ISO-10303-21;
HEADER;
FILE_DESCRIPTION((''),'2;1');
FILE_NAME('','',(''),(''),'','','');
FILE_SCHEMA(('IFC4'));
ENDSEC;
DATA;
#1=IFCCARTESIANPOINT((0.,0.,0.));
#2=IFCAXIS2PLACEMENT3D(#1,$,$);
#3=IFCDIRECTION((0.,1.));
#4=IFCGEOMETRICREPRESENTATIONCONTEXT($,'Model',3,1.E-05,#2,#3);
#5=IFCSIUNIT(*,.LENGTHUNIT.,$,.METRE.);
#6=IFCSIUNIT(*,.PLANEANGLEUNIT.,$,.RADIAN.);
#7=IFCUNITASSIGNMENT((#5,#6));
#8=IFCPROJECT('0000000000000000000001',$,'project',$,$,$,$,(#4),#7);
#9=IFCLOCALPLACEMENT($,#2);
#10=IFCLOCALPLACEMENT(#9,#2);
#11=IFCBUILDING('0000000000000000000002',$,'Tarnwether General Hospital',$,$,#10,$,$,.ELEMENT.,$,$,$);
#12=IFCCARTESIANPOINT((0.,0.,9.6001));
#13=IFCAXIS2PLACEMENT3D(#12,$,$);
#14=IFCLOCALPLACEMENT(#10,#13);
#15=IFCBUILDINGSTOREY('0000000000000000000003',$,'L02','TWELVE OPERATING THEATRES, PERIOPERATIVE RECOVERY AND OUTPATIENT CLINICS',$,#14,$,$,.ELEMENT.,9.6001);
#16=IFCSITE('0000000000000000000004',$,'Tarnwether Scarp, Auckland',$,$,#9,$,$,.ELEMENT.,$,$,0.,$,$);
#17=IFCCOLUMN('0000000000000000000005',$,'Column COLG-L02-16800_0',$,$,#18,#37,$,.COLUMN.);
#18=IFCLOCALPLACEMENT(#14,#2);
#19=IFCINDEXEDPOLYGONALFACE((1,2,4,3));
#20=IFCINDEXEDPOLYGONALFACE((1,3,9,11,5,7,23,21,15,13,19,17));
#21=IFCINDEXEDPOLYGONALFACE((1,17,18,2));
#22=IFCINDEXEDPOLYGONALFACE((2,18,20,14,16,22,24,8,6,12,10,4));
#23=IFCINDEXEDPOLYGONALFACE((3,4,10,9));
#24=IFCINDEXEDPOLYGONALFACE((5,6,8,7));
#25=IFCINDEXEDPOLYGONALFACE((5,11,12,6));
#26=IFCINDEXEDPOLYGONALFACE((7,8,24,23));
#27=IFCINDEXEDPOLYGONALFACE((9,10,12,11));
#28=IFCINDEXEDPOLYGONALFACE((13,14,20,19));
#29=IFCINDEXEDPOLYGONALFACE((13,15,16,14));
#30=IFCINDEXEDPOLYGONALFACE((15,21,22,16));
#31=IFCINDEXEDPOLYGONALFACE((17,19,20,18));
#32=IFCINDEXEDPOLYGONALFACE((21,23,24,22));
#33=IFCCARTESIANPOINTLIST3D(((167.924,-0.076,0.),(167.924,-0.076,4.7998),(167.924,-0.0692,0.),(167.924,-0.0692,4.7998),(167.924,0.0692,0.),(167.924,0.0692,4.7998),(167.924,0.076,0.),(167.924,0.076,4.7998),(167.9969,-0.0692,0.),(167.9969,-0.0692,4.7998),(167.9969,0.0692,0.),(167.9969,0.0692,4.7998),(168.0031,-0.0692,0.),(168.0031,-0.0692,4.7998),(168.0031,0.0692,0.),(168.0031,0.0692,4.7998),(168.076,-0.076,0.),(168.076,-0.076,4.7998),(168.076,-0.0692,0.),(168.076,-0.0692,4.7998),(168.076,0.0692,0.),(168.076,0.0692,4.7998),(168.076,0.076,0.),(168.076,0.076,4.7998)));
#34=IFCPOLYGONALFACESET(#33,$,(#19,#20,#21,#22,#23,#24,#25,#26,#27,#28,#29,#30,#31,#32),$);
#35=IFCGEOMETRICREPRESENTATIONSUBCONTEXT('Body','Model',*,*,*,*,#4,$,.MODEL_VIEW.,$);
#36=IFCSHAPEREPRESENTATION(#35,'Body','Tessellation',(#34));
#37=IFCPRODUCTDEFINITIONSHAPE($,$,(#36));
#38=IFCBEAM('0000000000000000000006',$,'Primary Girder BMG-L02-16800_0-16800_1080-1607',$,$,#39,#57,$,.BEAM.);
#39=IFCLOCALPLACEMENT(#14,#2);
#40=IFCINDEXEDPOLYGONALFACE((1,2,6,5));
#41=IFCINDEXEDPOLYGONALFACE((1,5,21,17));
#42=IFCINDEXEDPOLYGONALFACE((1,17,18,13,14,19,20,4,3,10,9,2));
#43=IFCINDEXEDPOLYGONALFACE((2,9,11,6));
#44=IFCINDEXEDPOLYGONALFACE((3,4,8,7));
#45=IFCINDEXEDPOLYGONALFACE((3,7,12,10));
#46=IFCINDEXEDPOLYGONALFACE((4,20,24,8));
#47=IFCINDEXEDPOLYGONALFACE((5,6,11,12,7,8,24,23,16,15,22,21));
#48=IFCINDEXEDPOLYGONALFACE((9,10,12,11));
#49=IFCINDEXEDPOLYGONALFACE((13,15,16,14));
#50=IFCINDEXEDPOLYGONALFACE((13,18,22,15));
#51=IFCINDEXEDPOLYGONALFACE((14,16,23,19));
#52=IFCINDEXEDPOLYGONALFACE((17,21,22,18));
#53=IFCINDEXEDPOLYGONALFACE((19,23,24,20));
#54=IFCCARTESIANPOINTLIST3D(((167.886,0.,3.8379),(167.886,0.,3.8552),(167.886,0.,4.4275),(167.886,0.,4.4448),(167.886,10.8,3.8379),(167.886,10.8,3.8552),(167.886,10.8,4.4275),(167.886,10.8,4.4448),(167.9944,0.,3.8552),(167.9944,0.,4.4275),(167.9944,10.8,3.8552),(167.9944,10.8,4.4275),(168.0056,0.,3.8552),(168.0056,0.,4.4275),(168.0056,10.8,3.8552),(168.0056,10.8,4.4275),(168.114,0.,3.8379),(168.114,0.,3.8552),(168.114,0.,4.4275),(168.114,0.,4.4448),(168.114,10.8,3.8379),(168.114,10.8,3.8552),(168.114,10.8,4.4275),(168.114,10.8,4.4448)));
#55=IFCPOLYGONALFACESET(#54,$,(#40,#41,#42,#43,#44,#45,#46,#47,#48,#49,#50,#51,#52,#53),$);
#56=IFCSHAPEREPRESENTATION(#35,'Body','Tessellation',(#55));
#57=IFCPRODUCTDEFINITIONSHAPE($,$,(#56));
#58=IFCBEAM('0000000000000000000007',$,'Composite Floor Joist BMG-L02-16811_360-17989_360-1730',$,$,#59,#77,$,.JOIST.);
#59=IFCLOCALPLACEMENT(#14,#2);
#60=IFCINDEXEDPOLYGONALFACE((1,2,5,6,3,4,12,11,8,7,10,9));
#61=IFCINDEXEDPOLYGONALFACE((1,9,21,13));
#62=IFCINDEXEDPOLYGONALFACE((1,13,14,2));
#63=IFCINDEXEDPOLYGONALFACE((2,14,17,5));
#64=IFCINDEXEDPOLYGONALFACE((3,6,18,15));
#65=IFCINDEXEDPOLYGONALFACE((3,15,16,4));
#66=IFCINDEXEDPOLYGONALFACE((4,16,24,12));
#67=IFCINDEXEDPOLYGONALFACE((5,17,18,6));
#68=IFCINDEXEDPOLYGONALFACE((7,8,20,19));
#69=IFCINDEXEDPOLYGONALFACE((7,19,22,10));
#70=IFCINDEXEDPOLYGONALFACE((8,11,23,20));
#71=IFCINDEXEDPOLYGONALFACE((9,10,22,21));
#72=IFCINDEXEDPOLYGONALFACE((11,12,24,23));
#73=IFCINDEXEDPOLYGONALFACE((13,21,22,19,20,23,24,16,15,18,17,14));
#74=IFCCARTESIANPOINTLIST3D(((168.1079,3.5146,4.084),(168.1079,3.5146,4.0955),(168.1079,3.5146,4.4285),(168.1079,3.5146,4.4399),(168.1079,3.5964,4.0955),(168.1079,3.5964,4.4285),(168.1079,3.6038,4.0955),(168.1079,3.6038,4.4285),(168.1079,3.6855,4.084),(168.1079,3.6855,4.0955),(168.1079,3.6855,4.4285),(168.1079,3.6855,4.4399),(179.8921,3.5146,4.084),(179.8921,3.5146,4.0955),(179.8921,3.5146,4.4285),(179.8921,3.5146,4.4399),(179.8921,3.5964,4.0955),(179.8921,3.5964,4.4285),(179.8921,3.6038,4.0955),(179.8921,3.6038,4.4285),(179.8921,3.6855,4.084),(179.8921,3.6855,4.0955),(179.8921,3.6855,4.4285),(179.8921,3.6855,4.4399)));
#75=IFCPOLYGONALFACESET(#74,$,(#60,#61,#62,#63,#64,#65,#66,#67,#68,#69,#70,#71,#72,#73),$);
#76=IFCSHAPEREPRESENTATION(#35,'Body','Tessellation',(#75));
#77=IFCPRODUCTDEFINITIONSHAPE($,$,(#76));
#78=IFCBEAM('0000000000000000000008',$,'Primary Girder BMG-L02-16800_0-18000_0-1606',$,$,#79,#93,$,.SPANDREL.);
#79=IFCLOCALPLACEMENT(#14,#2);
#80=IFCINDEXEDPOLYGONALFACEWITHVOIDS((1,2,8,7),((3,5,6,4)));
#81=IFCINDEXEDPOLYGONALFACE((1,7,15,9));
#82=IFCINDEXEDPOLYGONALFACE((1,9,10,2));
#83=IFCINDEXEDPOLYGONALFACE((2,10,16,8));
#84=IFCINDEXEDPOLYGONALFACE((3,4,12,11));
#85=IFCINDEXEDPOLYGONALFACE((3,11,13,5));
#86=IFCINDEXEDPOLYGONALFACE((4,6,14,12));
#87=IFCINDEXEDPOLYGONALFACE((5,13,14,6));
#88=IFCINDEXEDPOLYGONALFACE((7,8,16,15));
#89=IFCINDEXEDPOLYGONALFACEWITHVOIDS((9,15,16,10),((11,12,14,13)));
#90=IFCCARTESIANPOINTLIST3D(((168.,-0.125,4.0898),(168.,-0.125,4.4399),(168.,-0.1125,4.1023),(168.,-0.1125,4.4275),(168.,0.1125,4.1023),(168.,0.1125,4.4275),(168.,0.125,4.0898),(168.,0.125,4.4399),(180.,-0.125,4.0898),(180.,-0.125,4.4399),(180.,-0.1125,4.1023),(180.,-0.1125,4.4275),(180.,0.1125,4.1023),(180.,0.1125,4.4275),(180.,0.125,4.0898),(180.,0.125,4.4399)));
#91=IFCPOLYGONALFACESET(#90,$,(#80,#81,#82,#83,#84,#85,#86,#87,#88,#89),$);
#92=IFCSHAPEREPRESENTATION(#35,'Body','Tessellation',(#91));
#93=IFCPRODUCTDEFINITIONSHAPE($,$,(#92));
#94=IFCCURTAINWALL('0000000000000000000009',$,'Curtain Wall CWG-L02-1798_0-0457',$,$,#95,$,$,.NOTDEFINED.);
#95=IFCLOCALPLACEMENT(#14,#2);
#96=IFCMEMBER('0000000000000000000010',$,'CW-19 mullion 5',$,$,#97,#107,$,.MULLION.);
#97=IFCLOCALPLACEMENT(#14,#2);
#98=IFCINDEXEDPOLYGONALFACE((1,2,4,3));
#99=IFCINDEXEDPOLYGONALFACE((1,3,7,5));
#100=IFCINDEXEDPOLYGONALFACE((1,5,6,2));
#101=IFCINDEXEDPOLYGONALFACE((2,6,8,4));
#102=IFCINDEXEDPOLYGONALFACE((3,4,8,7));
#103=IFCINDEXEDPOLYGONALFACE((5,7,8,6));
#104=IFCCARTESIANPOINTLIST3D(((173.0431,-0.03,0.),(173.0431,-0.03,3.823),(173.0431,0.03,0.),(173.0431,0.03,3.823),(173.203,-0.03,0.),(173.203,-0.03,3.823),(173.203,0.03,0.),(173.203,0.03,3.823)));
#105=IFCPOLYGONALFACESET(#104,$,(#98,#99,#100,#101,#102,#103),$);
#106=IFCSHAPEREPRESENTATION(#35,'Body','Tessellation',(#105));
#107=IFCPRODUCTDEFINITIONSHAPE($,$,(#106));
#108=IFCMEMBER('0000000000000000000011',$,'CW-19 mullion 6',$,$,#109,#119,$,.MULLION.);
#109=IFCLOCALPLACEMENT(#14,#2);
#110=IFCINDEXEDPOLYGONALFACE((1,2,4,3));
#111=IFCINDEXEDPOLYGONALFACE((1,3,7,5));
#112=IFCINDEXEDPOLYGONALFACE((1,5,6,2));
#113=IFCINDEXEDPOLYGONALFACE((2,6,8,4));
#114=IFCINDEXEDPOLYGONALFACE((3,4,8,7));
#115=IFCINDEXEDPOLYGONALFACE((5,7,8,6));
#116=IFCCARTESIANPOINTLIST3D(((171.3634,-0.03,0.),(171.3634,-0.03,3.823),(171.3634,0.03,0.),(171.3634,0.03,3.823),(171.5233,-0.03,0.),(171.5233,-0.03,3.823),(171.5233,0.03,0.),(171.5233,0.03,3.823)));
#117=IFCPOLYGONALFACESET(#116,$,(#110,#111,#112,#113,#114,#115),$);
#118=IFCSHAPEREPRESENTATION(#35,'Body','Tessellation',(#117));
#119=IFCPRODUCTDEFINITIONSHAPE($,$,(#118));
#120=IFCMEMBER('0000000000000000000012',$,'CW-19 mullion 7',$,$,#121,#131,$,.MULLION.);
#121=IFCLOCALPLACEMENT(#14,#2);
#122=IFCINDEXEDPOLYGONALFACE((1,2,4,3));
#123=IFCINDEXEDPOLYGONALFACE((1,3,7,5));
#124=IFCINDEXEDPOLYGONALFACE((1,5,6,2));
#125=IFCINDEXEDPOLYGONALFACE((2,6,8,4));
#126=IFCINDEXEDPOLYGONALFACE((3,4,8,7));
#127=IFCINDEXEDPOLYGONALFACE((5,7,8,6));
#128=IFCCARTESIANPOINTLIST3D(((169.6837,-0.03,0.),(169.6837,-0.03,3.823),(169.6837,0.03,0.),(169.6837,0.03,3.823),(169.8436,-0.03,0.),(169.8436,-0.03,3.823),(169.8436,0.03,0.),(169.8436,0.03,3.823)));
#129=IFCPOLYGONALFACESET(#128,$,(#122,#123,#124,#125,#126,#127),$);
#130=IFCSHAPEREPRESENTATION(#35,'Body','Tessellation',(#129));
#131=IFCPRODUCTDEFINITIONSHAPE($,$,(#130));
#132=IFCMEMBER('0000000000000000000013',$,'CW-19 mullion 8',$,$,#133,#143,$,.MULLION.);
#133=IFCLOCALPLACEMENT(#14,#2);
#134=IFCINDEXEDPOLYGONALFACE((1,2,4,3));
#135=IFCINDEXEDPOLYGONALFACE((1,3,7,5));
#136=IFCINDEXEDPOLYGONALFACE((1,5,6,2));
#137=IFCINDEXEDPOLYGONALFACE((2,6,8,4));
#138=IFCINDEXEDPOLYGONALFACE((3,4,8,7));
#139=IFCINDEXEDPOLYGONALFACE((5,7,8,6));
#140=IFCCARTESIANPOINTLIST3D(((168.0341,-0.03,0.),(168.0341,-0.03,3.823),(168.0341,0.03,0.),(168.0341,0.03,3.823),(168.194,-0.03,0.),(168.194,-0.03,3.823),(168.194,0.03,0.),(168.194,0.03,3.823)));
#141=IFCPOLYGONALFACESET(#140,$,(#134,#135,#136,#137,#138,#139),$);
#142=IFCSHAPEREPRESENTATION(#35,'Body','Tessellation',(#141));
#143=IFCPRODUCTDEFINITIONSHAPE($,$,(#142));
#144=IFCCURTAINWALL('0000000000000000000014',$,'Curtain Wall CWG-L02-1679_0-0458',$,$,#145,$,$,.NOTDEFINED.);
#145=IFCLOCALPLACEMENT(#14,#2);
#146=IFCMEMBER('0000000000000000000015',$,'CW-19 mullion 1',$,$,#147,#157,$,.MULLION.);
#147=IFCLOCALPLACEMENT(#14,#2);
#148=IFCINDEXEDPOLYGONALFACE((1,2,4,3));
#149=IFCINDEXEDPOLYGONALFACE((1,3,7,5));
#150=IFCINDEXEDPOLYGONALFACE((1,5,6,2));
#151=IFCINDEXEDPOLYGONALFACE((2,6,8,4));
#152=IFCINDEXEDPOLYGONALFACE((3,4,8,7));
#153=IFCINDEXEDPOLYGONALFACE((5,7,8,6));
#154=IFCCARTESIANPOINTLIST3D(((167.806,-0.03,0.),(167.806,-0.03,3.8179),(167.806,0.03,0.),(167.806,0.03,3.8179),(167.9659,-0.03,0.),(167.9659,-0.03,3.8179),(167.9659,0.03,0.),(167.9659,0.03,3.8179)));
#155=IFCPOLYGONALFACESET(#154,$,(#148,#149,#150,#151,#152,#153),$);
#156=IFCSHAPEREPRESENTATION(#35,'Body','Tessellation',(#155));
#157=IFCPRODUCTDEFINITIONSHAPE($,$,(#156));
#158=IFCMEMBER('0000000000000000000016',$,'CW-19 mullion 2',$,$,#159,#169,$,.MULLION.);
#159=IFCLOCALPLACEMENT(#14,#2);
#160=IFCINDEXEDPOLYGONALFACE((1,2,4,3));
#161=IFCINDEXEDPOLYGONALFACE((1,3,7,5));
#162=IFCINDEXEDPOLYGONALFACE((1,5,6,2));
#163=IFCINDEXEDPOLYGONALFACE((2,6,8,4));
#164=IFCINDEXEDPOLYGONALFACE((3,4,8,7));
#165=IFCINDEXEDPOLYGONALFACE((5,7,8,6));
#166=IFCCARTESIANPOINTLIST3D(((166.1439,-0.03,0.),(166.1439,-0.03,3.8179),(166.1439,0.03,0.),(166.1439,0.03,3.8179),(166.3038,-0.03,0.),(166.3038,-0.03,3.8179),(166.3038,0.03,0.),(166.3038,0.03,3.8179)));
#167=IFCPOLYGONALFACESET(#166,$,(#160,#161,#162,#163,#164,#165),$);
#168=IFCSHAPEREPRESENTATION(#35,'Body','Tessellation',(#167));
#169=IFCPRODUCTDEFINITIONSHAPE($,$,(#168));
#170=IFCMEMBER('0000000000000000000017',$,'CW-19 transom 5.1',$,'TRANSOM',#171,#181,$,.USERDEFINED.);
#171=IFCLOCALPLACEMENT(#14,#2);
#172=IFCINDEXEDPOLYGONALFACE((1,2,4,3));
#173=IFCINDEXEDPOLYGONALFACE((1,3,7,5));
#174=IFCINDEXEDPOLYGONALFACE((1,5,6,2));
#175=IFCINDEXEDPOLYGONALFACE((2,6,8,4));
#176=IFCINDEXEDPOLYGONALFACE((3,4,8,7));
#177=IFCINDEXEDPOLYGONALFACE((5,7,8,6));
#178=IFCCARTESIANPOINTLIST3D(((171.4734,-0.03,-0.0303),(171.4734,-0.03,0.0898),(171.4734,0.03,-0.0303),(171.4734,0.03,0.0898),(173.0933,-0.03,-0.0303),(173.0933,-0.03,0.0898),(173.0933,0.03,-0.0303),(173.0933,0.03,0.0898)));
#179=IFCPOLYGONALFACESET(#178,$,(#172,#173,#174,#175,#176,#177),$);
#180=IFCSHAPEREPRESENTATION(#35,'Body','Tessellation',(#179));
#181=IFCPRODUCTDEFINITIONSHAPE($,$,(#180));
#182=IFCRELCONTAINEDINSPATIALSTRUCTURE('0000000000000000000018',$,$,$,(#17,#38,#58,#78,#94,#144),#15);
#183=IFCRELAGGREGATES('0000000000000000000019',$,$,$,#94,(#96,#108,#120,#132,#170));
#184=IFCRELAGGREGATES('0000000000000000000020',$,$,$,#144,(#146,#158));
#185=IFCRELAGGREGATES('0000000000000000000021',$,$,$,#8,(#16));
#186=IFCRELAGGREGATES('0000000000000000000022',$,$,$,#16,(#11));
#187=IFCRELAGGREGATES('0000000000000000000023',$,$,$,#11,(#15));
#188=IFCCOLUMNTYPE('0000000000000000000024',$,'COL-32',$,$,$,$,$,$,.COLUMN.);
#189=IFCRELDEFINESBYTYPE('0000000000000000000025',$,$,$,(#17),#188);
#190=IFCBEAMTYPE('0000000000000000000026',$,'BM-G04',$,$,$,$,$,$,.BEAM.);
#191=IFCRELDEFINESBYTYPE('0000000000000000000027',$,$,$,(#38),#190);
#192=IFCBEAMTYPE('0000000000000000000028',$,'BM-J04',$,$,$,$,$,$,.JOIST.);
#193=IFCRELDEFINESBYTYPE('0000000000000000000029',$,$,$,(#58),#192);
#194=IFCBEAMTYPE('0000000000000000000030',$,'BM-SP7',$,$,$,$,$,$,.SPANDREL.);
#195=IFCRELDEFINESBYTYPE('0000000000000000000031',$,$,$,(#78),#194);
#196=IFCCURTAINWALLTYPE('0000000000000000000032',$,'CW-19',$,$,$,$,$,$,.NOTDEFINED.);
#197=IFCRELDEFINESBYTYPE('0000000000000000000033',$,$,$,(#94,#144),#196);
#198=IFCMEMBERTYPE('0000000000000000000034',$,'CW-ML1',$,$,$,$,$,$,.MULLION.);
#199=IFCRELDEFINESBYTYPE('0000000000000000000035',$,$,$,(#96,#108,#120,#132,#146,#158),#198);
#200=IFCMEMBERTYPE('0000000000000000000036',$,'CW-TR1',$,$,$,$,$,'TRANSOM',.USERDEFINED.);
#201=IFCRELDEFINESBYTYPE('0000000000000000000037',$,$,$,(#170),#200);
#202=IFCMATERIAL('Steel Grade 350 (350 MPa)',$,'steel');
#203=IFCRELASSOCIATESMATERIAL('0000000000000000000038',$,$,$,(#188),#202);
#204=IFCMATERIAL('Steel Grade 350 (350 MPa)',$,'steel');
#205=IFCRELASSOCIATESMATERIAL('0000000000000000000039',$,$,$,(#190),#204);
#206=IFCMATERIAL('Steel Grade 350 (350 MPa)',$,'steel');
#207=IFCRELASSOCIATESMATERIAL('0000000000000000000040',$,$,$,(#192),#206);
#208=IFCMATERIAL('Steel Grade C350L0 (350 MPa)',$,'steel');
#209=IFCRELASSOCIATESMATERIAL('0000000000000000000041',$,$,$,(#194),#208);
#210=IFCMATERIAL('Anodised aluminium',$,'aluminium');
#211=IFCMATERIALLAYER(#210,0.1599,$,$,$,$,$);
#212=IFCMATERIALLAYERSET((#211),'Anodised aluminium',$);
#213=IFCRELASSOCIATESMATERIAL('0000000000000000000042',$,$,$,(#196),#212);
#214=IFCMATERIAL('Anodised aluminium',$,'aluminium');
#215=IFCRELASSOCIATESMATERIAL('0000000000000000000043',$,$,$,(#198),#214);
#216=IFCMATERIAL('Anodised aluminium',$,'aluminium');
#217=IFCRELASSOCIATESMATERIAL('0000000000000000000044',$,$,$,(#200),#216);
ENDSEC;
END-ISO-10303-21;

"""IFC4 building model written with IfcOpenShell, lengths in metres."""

from ifc_helpers import new_model, si_unit, direction, frame, origin, origin_2d, place, context, subcontext, project, spatial, rectangle, hollow_rectangle, i_section, extrude, material, layer, layer_set, material_profile, profile_set, type_object, element, aggregate, save


model = new_model("IFC4")

# Units and contexts
model_context = context("Model", 3, precision=1e-05, world=origin(), true_north=direction((0.0, 1.0)))
body_context = subcontext(model_context, "Body", "Model", "MODEL_VIEW")
ifc_project = project(units=[si_unit("LENGTHUNIT", "METRE"), si_unit("PLANEANGLEUNIT", "RADIAN")], contexts=[model_context])

# Site, building, storey
site_placement = place(None, origin())
site = spatial("IfcSite", under=ifc_project, at=site_placement, Name="Tarnwether Scarp, Auckland", CompositionType="ELEMENT", RefElevation=0.0)
building_placement = place(site_placement, origin())
building = spatial("IfcBuilding", under=site, at=building_placement, Name="Tarnwether General Hospital", CompositionType="ELEMENT")
storey_placement = place(building_placement, frame((0.0, 0.0, 9.6001)))
storey = spatial("IfcBuildingStorey", under=building, at=storey_placement, Name="L02", Description="TWELVE OPERATING THEATRES, PERIOPERATIVE RECOVERY AND OUTPATIENT CLINICS", CompositionType="ELEMENT", Elevation=9.6001)

# Column
ifc_material_1 = material(Name="Steel Grade 350 (350 MPa)", Category="steel")
ifc_material_profile_1 = material_profile(ifc_material_1, i_section(OverallWidth=0.1521, OverallDepth=0.1521, WebThickness=0.0061, FlangeThickness=0.0068, at=origin_2d()), Name="150UC23.4")
ifc_profile_set_1 = profile_set([ifc_material_profile_1], Name="Steel Grade 350 (350 MPa)")
column_type = type_object("IfcColumnType", Name="COL-32", PredefinedType="COLUMN", material=ifc_profile_set_1)
column_placement = place(storey_placement, frame((168.0, 0.0, 0.0), z_axis=(0.0, 0.0, 1.0), x_axis=(1.0, 0.0, 0.0)))
element("IfcColumn", 1, at=column_placement, inside=storey, type_object=column_type, Name="Column COLG-L02-16800_0", PredefinedType="COLUMN", context=body_context, shape_type="SweptSolid", body=[
    extrude(i_section(OverallWidth=0.1521, OverallDepth=0.1521, WebThickness=0.0061, FlangeThickness=0.0068, at=origin_2d()), origin(), (0.0, 0.0, 1.0), 4.7998),
])

# Beams
ifc_material_2 = material(Name="Steel Grade 350 (350 MPa)", Category="steel")
ifc_material_profile_2 = material_profile(ifc_material_2, i_section(OverallWidth=0.228, OverallDepth=0.6069, WebThickness=0.0112, FlangeThickness=0.0173, at=origin_2d()), Name="610UB113")
ifc_profile_set_2 = profile_set([ifc_material_profile_2], Name="Steel Grade 350 (350 MPa)")
beam_type_1 = type_object("IfcBeamType", Name="BM-G04", PredefinedType="BEAM", material=ifc_profile_set_2)
beam_1_placement = place(storey_placement, frame((168.0, 0.0, 4.1414), z_axis=(0.0, 1.0, 0.0), x_axis=(-1.0, 0.0, 0.0)))
element("IfcBeam", 2, at=beam_1_placement, inside=storey, type_object=beam_type_1, Name="Primary Girder BMG-L02-16800_0-16800_1080-1607", PredefinedType="BEAM", context=body_context, shape_type="SweptSolid", body=[
    extrude(i_section(OverallWidth=0.228, OverallDepth=0.6069, WebThickness=0.0112, FlangeThickness=0.0173, at=origin_2d()), origin(), (0.0, 0.0, 1.0), 10.8),
])
ifc_material_3 = material(Name="Steel Grade 350 (350 MPa)", Category="steel")
ifc_material_profile_3 = material_profile(ifc_material_3, i_section(OverallWidth=0.1709, OverallDepth=0.356, WebThickness=0.0073, FlangeThickness=0.0115, at=origin_2d()), Name="360UB50.7")
ifc_profile_set_3 = profile_set([ifc_material_profile_3], Name="Steel Grade 350 (350 MPa)")
beam_type_2 = type_object("IfcBeamType", Name="BM-J04", PredefinedType="JOIST", material=ifc_profile_set_3)
beam_2_placement = place(storey_placement, frame((168.1079, 3.6001, 4.262), z_axis=(1.0, 0.0, 0.0), x_axis=(0.0, 1.0, 0.0)))
element("IfcBeam", 3, at=beam_2_placement, inside=storey, type_object=beam_type_2, Name="Composite Floor Joist BMG-L02-16811_360-17989_360-1730", PredefinedType="JOIST", context=body_context, shape_type="SweptSolid", body=[
    extrude(i_section(OverallWidth=0.1709, OverallDepth=0.356, WebThickness=0.0073, FlangeThickness=0.0115, at=origin_2d()), origin(), (0.0, 0.0, 1.0), 11.7842),
])
ifc_material_4 = material(Name="Steel Grade C350L0 (350 MPa)", Category="steel")
ifc_material_profile_4 = material_profile(ifc_material_4, hollow_rectangle(XDim=0.25, YDim=0.3501, WallThickness=0.0125, at=origin_2d()), Name="RHS350x250x12.5")
ifc_profile_set_4 = profile_set([ifc_material_profile_4], Name="Steel Grade C350L0 (350 MPa)")
beam_type_3 = type_object("IfcBeamType", Name="BM-SP7", PredefinedType="SPANDREL", material=ifc_profile_set_4)
beam_3_placement = place(storey_placement, frame((168.0, 0.0, 4.2649), z_axis=(1.0, 0.0, 0.0), x_axis=(0.0, 1.0, 0.0)))
element("IfcBeam", 4, at=beam_3_placement, inside=storey, type_object=beam_type_3, Name="Primary Girder BMG-L02-16800_0-18000_0-1606", PredefinedType="SPANDREL", context=body_context, shape_type="SweptSolid", body=[
    extrude(hollow_rectangle(XDim=0.25, YDim=0.3501, WallThickness=0.0125, at=origin_2d()), origin(), (0.0, 0.0, 1.0), 12.0),
])

# Curtain walls, members
ifc_material_5 = material(Name="Anodised aluminium", Category="aluminium")
ifc_layer_1 = layer(ifc_material_5, 0.1599)
ifc_layer_set_1 = layer_set([ifc_layer_1], Name="Anodised aluminium")
curtain_wall_type = type_object("IfcCurtainWallType", Name="CW-19", PredefinedType="NOTDEFINED", material=ifc_layer_set_1)
curtain_wall_1_placement = place(storey_placement, origin())
curtain_wall_1 = element("IfcCurtainWall", 5, at=curtain_wall_1_placement, inside=storey, type_object=curtain_wall_type, Name="Curtain Wall CWG-L02-1798_0-0457", PredefinedType="NOTDEFINED")
ifc_material_6 = material(Name="Anodised aluminium", Category="aluminium")
ifc_material_profile_5 = material_profile(ifc_material_6, rectangle(XDim=0.0601, YDim=0.1599, at=origin_2d()), Name="ALU-MUL-60x160")
ifc_profile_set_5 = profile_set([ifc_material_profile_5], Name="Anodised aluminium")
member_type_1 = type_object("IfcMemberType", Name="CW-ML1", PredefinedType="MULLION", material=ifc_profile_set_5)
member_1_placement = place(storey_placement, frame((173.123, 0.0, 0.0), z_axis=(0.0, 0.0, 1.0), x_axis=(0.0, -1.0, 0.0)))
member_1 = element("IfcMember", 6, at=member_1_placement, type_object=member_type_1, Name="CW-19 mullion 5", PredefinedType="MULLION", context=body_context, shape_type="SweptSolid", body=[
    extrude(rectangle(XDim=0.0601, YDim=0.1599, at=origin_2d()), origin(), (0.0, 0.0, 1.0), 3.823),
])
member_2_placement = place(storey_placement, frame((171.4434, 0.0, 0.0), z_axis=(0.0, 0.0, 1.0), x_axis=(0.0, -1.0, 0.0)))
member_2 = element("IfcMember", 7, at=member_2_placement, type_object=member_type_1, Name="CW-19 mullion 6", PredefinedType="MULLION", context=body_context, shape_type="SweptSolid", body=[
    extrude(rectangle(XDim=0.0601, YDim=0.1599, at=origin_2d()), origin(), (0.0, 0.0, 1.0), 3.823),
])
member_3_placement = place(storey_placement, frame((169.7637, 0.0, 0.0), z_axis=(0.0, 0.0, 1.0), x_axis=(0.0, -1.0, 0.0)))
member_3 = element("IfcMember", 8, at=member_3_placement, type_object=member_type_1, Name="CW-19 mullion 7", PredefinedType="MULLION", context=body_context, shape_type="SweptSolid", body=[
    extrude(rectangle(XDim=0.0601, YDim=0.1599, at=origin_2d()), origin(), (0.0, 0.0, 1.0), 3.823),
])
member_4_placement = place(storey_placement, frame((168.114, 0.0, 0.0), z_axis=(0.0, 0.0, 1.0), x_axis=(0.0, -1.0, 0.0)))
member_4 = element("IfcMember", 9, at=member_4_placement, type_object=member_type_1, Name="CW-19 mullion 8", PredefinedType="MULLION", context=body_context, shape_type="SweptSolid", body=[
    extrude(rectangle(XDim=0.0601, YDim=0.1599, at=origin_2d()), origin(), (0.0, 0.0, 1.0), 3.823),
])
curtain_wall_2_placement = place(storey_placement, origin())
curtain_wall_2 = element("IfcCurtainWall", 10, at=curtain_wall_2_placement, inside=storey, type_object=curtain_wall_type, Name="Curtain Wall CWG-L02-1679_0-0458", PredefinedType="NOTDEFINED")
member_5_placement = place(storey_placement, frame((167.886, 0.0, 0.0), z_axis=(0.0, 0.0, 1.0), x_axis=(0.0, -1.0, 0.0)))
member_5 = element("IfcMember", 11, at=member_5_placement, type_object=member_type_1, Name="CW-19 mullion 1", PredefinedType="MULLION", context=body_context, shape_type="SweptSolid", body=[
    extrude(rectangle(XDim=0.0601, YDim=0.1599, at=origin_2d()), origin(), (0.0, 0.0, 1.0), 3.8179),
])
member_6_placement = place(storey_placement, frame((166.2239, 0.0, 0.0), z_axis=(0.0, 0.0, 1.0), x_axis=(0.0, -1.0, 0.0)))
member_6 = element("IfcMember", 12, at=member_6_placement, type_object=member_type_1, Name="CW-19 mullion 2", PredefinedType="MULLION", context=body_context, shape_type="SweptSolid", body=[
    extrude(rectangle(XDim=0.0601, YDim=0.1599, at=origin_2d()), origin(), (0.0, 0.0, 1.0), 3.8179),
])

# Member
ifc_material_7 = material(Name="Anodised aluminium", Category="aluminium")
ifc_material_profile_6 = material_profile(ifc_material_7, rectangle(XDim=0.0601, YDim=0.1201, at=origin_2d()), Name="ALU-TRN-60x120")
ifc_profile_set_6 = profile_set([ifc_material_profile_6], Name="Anodised aluminium")
member_type_2 = type_object("IfcMemberType", Name="CW-TR1", ElementType="TRANSOM", PredefinedType="USERDEFINED", material=ifc_profile_set_6)
member_7_placement = place(storey_placement, frame((173.0933, 0.0, 0.0298), z_axis=(-1.0, 0.0, 0.0), x_axis=(0.0, -1.0, 0.0)))
member_7 = element("IfcMember", 13, at=member_7_placement, type_object=member_type_2, Name="CW-19 transom 5.1", ObjectType="TRANSOM", PredefinedType="USERDEFINED", context=body_context, shape_type="SweptSolid", body=[
    extrude(rectangle(XDim=0.0601, YDim=0.1201, at=origin_2d()), origin(), (0.0, 0.0, 1.0), 1.6199),
])

aggregate(curtain_wall_1, [member_1, member_2, member_3, member_4, member_7])
aggregate(curtain_wall_2, [member_5, member_6])

save(model, "model.ifc")
